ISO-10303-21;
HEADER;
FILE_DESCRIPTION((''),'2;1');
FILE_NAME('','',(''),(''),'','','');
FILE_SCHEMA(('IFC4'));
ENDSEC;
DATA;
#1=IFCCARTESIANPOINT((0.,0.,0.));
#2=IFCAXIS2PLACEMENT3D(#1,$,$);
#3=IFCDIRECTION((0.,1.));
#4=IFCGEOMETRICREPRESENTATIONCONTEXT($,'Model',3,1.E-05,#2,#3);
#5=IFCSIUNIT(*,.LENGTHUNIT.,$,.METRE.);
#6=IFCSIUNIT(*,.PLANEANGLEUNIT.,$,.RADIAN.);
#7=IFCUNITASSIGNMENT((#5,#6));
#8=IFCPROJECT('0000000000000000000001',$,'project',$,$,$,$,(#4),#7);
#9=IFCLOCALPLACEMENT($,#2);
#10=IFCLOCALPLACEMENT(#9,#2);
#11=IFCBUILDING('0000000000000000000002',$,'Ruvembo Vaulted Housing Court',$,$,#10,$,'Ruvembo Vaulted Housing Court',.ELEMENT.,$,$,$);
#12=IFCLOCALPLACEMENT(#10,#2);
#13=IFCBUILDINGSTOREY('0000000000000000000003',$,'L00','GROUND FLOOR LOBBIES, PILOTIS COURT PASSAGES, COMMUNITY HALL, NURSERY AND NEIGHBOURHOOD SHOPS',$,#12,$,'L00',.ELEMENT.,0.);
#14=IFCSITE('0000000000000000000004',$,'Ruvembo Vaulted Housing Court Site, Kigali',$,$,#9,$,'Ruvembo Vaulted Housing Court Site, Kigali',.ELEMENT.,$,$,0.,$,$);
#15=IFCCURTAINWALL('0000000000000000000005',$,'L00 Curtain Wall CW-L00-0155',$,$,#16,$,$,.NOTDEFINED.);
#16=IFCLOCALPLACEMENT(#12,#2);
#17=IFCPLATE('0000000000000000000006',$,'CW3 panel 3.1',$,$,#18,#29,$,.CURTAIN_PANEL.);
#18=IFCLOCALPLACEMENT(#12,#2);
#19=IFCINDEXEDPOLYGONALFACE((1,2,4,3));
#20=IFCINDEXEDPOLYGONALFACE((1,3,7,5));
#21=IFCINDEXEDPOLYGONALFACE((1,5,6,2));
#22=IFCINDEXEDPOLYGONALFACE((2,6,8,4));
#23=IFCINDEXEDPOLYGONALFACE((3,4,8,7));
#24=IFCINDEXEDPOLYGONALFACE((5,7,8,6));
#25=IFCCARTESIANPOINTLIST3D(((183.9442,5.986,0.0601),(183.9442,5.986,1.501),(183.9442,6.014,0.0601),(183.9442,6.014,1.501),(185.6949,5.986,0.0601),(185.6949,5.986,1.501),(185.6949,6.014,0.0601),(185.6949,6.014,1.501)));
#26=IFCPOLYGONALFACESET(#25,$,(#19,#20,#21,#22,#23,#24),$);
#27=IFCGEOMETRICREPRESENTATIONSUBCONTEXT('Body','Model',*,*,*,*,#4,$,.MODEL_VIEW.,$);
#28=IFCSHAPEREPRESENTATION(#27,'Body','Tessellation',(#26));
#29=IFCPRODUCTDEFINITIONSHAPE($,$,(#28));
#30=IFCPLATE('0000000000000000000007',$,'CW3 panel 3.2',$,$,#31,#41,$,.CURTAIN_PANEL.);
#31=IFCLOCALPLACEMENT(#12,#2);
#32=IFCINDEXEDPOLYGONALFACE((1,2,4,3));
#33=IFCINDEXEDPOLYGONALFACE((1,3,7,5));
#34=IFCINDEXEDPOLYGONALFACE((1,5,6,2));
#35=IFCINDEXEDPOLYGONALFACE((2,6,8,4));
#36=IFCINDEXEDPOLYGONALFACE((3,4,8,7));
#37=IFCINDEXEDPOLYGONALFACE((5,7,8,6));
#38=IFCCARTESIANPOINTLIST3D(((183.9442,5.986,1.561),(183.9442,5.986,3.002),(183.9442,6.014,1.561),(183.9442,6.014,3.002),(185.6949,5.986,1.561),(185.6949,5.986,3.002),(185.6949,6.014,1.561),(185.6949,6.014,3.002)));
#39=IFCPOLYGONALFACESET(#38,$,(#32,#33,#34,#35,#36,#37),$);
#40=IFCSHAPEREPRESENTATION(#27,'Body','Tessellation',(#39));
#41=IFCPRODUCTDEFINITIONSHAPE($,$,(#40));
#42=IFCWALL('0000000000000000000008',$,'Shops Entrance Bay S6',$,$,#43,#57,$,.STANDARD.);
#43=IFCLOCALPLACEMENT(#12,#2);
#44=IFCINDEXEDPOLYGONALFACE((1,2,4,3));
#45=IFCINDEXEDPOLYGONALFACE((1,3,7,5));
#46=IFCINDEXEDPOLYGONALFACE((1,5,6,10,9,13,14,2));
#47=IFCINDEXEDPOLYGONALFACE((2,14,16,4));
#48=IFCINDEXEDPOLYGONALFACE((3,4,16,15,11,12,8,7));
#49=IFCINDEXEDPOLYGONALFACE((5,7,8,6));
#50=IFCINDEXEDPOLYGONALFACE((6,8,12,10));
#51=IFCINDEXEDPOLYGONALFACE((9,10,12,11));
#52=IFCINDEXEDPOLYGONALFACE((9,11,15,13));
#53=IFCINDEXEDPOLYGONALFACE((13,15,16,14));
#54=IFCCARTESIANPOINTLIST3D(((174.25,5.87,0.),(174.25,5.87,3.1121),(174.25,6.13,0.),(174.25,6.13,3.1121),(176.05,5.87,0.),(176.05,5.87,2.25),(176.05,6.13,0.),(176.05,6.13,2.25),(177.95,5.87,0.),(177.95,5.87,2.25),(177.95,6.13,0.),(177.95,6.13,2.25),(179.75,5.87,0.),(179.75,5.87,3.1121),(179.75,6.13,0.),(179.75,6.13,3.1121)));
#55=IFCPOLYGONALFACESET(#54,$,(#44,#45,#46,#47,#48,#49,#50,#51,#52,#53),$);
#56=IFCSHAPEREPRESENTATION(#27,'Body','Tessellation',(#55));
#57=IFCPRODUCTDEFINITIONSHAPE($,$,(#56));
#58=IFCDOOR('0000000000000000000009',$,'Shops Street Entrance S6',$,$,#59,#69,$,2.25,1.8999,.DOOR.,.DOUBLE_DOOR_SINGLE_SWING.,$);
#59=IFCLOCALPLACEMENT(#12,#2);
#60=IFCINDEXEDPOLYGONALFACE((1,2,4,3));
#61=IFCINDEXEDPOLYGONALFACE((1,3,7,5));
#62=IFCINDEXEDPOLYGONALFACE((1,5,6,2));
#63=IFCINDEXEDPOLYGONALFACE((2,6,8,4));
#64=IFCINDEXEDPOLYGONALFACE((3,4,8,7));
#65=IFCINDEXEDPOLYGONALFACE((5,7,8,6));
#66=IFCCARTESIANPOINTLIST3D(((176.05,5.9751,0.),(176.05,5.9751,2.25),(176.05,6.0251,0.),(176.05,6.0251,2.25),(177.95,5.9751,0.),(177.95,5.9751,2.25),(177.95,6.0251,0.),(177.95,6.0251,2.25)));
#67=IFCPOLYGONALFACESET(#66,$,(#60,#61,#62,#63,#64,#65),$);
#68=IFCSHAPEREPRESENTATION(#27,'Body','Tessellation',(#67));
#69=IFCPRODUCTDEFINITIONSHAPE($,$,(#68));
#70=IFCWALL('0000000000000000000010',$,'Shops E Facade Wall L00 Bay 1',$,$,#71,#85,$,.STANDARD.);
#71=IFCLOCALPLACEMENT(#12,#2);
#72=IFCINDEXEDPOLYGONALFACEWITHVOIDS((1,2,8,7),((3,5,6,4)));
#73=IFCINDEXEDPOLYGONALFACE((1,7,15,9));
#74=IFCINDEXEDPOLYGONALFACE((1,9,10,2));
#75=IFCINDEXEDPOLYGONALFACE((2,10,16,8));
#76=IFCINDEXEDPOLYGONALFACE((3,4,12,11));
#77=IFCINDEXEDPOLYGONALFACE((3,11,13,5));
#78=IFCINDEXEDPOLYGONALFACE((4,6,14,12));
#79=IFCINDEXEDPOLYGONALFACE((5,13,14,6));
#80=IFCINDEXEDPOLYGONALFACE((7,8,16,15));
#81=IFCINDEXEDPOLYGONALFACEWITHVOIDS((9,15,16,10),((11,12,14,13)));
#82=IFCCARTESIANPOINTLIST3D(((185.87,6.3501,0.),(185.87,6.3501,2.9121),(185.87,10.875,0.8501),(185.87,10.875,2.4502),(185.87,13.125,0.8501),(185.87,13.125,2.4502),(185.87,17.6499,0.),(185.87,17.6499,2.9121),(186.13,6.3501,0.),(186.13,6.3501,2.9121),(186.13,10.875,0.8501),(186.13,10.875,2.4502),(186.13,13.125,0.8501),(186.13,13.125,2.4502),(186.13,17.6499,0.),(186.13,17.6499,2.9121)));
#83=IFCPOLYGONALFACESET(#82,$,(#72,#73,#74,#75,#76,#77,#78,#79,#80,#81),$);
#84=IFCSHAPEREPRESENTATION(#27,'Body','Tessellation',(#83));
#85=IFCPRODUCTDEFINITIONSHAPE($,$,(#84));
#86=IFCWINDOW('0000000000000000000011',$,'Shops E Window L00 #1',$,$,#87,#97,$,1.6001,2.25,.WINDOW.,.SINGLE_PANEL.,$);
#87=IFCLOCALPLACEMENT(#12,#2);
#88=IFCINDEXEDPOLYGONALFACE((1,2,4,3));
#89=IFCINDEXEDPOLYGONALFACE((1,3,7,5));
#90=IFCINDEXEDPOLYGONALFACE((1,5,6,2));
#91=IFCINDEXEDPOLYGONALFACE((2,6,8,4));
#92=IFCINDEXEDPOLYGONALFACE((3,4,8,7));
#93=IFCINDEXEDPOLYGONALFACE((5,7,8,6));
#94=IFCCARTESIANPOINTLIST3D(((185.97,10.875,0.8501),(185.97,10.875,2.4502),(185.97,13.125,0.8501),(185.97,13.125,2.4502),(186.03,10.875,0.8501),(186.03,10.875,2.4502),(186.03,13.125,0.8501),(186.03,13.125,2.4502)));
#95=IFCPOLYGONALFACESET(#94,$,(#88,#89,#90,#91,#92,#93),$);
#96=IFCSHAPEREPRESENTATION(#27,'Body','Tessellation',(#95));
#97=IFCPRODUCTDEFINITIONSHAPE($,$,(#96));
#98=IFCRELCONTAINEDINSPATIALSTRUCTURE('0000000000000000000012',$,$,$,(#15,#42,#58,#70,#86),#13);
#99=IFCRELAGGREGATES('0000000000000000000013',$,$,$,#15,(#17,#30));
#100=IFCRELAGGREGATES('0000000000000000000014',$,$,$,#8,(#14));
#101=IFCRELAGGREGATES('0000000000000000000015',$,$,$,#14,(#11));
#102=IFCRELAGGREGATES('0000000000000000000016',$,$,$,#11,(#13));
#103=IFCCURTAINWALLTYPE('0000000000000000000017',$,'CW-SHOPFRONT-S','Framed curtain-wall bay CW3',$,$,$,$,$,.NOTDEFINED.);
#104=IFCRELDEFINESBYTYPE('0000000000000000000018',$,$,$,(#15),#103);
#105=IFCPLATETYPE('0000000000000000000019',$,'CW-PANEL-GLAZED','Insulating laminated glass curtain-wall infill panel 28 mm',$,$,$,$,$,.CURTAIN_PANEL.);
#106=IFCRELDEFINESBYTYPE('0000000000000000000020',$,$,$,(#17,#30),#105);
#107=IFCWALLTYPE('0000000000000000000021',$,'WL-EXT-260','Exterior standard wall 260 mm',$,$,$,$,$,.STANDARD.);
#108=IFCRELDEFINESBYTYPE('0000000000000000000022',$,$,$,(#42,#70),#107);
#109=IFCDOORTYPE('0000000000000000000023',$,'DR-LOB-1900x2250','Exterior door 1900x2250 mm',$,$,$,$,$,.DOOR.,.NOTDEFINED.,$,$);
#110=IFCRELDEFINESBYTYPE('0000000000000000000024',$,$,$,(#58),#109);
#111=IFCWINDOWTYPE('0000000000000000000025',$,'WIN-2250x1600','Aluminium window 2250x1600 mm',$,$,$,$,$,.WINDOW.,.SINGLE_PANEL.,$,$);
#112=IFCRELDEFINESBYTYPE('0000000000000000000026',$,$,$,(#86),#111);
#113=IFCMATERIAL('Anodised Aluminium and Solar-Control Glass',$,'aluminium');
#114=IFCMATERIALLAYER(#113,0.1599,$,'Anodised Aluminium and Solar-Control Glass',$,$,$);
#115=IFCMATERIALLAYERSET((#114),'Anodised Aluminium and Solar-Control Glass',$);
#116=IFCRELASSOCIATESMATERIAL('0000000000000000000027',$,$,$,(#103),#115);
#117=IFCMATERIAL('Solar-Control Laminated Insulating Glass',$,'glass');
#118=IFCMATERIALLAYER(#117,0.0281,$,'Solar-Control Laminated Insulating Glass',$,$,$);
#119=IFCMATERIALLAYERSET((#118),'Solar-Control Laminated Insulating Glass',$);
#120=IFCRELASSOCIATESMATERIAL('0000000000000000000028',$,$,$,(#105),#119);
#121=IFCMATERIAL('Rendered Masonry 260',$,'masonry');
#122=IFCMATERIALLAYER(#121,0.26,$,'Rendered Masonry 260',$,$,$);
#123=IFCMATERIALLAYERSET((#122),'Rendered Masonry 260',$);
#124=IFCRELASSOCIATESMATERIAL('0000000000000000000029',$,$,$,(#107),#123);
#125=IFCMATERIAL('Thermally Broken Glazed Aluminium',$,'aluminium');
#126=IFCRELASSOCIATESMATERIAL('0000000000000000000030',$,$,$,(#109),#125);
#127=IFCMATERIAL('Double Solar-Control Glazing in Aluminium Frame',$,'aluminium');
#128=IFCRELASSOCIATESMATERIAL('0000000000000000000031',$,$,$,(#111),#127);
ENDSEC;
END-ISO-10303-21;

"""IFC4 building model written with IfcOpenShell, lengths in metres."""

from ifc_helpers import new_model, si_unit, direction, frame, frame_2d, origin, origin_2d, place, context, subcontext, project, spatial, rectangle, extrude, material, layer, layer_set, type_object, element, fill, aggregate, save


model = new_model("IFC4")

# Units and contexts
model_context = context("Model", 3, precision=1e-05, world=origin(), true_north=direction((0.0, 1.0)))
body_context = subcontext(model_context, "Body", "Model", "MODEL_VIEW")
ifc_project = project(units=[si_unit("LENGTHUNIT", "METRE"), si_unit("PLANEANGLEUNIT", "RADIAN")], contexts=[model_context])

# Site, building, storey
site_placement = place(None, origin())
site = spatial("IfcSite", under=ifc_project, at=site_placement, Name="Ruvembo Vaulted Housing Court Site, Kigali", LongName="Ruvembo Vaulted Housing Court Site, Kigali", CompositionType="ELEMENT", RefElevation=0.0)
building_placement = place(site_placement, origin())
building = spatial("IfcBuilding", under=site, at=building_placement, Name="Ruvembo Vaulted Housing Court", LongName="Ruvembo Vaulted Housing Court", CompositionType="ELEMENT")
storey_placement = place(building_placement, origin())
storey = spatial("IfcBuildingStorey", under=building, at=storey_placement, Name="L00", Description="GROUND FLOOR LOBBIES, PILOTIS COURT PASSAGES, COMMUNITY HALL, NURSERY AND NEIGHBOURHOOD SHOPS", LongName="L00", CompositionType="ELEMENT", Elevation=0.0)

# Curtain wall
ifc_material_1 = material(Name="Anodised Aluminium and Solar-Control Glass", Category="aluminium")
ifc_layer_1 = layer(ifc_material_1, 0.1599, Name="Anodised Aluminium and Solar-Control Glass")
ifc_layer_set_1 = layer_set([ifc_layer_1], Name="Anodised Aluminium and Solar-Control Glass")
curtain_wall_type = type_object("IfcCurtainWallType", Name="CW-SHOPFRONT-S", Description="Framed curtain-wall bay CW3", PredefinedType="NOTDEFINED", material=ifc_layer_set_1)
curtain_wall_placement = place(storey_placement, origin())
curtain_wall = element("IfcCurtainWall", 1, at=curtain_wall_placement, inside=storey, type_object=curtain_wall_type, Name="L00 Curtain Wall CW-L00-0155", PredefinedType="NOTDEFINED")

# Plates
ifc_material_2 = material(Name="Solar-Control Laminated Insulating Glass", Category="glass")
ifc_layer_2 = layer(ifc_material_2, 0.0281, Name="Solar-Control Laminated Insulating Glass")
ifc_layer_set_2 = layer_set([ifc_layer_2], Name="Solar-Control Laminated Insulating Glass")
plate_type = type_object("IfcPlateType", Name="CW-PANEL-GLAZED", Description="Insulating laminated glass curtain-wall infill panel 28 mm", PredefinedType="CURTAIN_PANEL", material=ifc_layer_set_2)
plate_1_placement = place(storey_placement, frame((184.8196, 6.0, 0.0601), z_axis=(0.0, 0.0, 1.0), x_axis=(1.0, 0.0, 0.0)))
plate_1 = element("IfcPlate", 2, at=plate_1_placement, type_object=plate_type, Name="CW3 panel 3.1", PredefinedType="CURTAIN_PANEL", context=body_context, shape_type="SweptSolid", body=[
    extrude(rectangle(XDim=1.7507, YDim=0.0281, at=origin_2d()), origin(), (0.0, 0.0, 1.0), 1.4409),
])
plate_2_placement = place(storey_placement, frame((184.8196, 6.0, 1.561), z_axis=(0.0, 0.0, 1.0), x_axis=(1.0, 0.0, 0.0)))
plate_2 = element("IfcPlate", 3, at=plate_2_placement, type_object=plate_type, Name="CW3 panel 3.2", PredefinedType="CURTAIN_PANEL", context=body_context, shape_type="SweptSolid", body=[
    extrude(rectangle(XDim=1.7507, YDim=0.0281, at=origin_2d()), origin(), (0.0, 0.0, 1.0), 1.4409),
])
aggregate(curtain_wall, [plate_1, plate_2])

# Wall, opening, door
ifc_material_3 = material(Name="Rendered Masonry 260", Category="masonry")
ifc_layer_3 = layer(ifc_material_3, 0.26, Name="Rendered Masonry 260")
ifc_layer_set_3 = layer_set([ifc_layer_3], Name="Rendered Masonry 260")
wall_type = type_object("IfcWallType", Name="WL-EXT-260", Description="Exterior standard wall 260 mm", PredefinedType="STANDARD", material=ifc_layer_set_3)
wall_1_placement = place(storey_placement, frame((174.25, 6.0, 0.0), z_axis=(0.0, 0.0, 1.0), x_axis=(1.0, 0.0, 0.0)))
wall_1 = element("IfcWall", 4, at=wall_1_placement, inside=storey, type_object=wall_type, Name="Shops Entrance Bay S6", PredefinedType="STANDARD", context=body_context, shape_type="SweptSolid", body=[
    extrude(rectangle(XDim=5.5, YDim=0.26, at=frame_2d((2.75, 0.0))), origin(), (0.0, 0.0, 1.0), 3.1121),
])
opening_1_placement = place(wall_1_placement, frame((1.8, 0.0, 0.0)))
opening_1 = element("IfcOpeningElement", 5, at=opening_1_placement, cuts=wall_1, PredefinedType="OPENING", context=body_context, shape_type="SweptSolid", body=[
    extrude(rectangle(XDim=1.8999, YDim=2.25, at=frame_2d((0.95, 1.125))), frame((0.0, 0.1399, 0.0), z_axis=(0.0, -1.0, 0.0), x_axis=(1.0, 0.0, 0.0)), (0.0, 0.0, 1.0), 0.28),
])
ifc_material_4 = material(Name="Thermally Broken Glazed Aluminium", Category="aluminium")
door_type = type_object("IfcDoorType", Name="DR-LOB-1900x2250", Description="Exterior door 1900x2250 mm", OperationType="NOTDEFINED", PredefinedType="DOOR", material=ifc_material_4)
door_placement = place(opening_1_placement, frame((1.8999, 0.0, 0.0), z_axis=(0.0, 0.0, 1.0), x_axis=(-1.0, 0.0, 0.0)))
door = element("IfcDoor", 6, at=door_placement, inside=storey, type_object=door_type, Name="Shops Street Entrance S6", OperationType="DOUBLE_DOOR_SINGLE_SWING", OverallHeight=2.25, OverallWidth=1.8999, PredefinedType="DOOR", context=body_context, shape_type="SweptSolid", body=[
    extrude(rectangle(XDim=1.8999, YDim=2.25, at=frame_2d((0.95, 1.125))), frame((0.0, 0.0249, 0.0), z_axis=(0.0, -1.0, 0.0), x_axis=(1.0, 0.0, 0.0)), (0.0, 0.0, 1.0), 0.05),
])
fill(opening_1, door)

# Wall, opening, window
wall_2_placement = place(storey_placement, frame((186.0, 6.3501, 0.0), z_axis=(0.0, 0.0, 1.0), x_axis=(0.0, 1.0, 0.0)))
wall_2 = element("IfcWall", 7, at=wall_2_placement, inside=storey, type_object=wall_type, Name="Shops E Facade Wall L00 Bay 1", PredefinedType="STANDARD", context=body_context, shape_type="SweptSolid", body=[
    extrude(rectangle(XDim=11.2998, YDim=0.26, at=frame_2d((5.6499, 0.0))), origin(), (0.0, 0.0, 1.0), 2.9121),
])
opening_2_placement = place(wall_2_placement, frame((4.5249, 0.0, 0.8501)))
opening_2 = element("IfcOpeningElement", 8, at=opening_2_placement, cuts=wall_2, PredefinedType="OPENING", context=body_context, shape_type="SweptSolid", body=[
    extrude(rectangle(XDim=2.25, YDim=1.6001, at=frame_2d((1.125, 0.8))), frame((0.0, 0.1399, 0.0), z_axis=(0.0, -1.0, 0.0), x_axis=(1.0, 0.0, 0.0)), (0.0, 0.0, 1.0), 0.28),
])
ifc_material_5 = material(Name="Double Solar-Control Glazing in Aluminium Frame", Category="aluminium")
window_type = type_object("IfcWindowType", Name="WIN-2250x1600", Description="Aluminium window 2250x1600 mm", PartitioningType="SINGLE_PANEL", PredefinedType="WINDOW", material=ifc_material_5)
window_placement = place(opening_2_placement, origin())
window = element("IfcWindow", 9, at=window_placement, inside=storey, type_object=window_type, Name="Shops E Window L00 #1", OverallHeight=1.6001, OverallWidth=2.25, PartitioningType="SINGLE_PANEL", PredefinedType="WINDOW", context=body_context, shape_type="SweptSolid", body=[
    extrude(rectangle(XDim=2.25, YDim=1.6001, at=frame_2d((1.125, 0.8))), frame((0.0, 0.03, 0.0), z_axis=(0.0, -1.0, 0.0), x_axis=(1.0, 0.0, 0.0)), (0.0, 0.0, 1.0), 0.0601),
])
fill(opening_2, window)

save(model, "model.ifc")
